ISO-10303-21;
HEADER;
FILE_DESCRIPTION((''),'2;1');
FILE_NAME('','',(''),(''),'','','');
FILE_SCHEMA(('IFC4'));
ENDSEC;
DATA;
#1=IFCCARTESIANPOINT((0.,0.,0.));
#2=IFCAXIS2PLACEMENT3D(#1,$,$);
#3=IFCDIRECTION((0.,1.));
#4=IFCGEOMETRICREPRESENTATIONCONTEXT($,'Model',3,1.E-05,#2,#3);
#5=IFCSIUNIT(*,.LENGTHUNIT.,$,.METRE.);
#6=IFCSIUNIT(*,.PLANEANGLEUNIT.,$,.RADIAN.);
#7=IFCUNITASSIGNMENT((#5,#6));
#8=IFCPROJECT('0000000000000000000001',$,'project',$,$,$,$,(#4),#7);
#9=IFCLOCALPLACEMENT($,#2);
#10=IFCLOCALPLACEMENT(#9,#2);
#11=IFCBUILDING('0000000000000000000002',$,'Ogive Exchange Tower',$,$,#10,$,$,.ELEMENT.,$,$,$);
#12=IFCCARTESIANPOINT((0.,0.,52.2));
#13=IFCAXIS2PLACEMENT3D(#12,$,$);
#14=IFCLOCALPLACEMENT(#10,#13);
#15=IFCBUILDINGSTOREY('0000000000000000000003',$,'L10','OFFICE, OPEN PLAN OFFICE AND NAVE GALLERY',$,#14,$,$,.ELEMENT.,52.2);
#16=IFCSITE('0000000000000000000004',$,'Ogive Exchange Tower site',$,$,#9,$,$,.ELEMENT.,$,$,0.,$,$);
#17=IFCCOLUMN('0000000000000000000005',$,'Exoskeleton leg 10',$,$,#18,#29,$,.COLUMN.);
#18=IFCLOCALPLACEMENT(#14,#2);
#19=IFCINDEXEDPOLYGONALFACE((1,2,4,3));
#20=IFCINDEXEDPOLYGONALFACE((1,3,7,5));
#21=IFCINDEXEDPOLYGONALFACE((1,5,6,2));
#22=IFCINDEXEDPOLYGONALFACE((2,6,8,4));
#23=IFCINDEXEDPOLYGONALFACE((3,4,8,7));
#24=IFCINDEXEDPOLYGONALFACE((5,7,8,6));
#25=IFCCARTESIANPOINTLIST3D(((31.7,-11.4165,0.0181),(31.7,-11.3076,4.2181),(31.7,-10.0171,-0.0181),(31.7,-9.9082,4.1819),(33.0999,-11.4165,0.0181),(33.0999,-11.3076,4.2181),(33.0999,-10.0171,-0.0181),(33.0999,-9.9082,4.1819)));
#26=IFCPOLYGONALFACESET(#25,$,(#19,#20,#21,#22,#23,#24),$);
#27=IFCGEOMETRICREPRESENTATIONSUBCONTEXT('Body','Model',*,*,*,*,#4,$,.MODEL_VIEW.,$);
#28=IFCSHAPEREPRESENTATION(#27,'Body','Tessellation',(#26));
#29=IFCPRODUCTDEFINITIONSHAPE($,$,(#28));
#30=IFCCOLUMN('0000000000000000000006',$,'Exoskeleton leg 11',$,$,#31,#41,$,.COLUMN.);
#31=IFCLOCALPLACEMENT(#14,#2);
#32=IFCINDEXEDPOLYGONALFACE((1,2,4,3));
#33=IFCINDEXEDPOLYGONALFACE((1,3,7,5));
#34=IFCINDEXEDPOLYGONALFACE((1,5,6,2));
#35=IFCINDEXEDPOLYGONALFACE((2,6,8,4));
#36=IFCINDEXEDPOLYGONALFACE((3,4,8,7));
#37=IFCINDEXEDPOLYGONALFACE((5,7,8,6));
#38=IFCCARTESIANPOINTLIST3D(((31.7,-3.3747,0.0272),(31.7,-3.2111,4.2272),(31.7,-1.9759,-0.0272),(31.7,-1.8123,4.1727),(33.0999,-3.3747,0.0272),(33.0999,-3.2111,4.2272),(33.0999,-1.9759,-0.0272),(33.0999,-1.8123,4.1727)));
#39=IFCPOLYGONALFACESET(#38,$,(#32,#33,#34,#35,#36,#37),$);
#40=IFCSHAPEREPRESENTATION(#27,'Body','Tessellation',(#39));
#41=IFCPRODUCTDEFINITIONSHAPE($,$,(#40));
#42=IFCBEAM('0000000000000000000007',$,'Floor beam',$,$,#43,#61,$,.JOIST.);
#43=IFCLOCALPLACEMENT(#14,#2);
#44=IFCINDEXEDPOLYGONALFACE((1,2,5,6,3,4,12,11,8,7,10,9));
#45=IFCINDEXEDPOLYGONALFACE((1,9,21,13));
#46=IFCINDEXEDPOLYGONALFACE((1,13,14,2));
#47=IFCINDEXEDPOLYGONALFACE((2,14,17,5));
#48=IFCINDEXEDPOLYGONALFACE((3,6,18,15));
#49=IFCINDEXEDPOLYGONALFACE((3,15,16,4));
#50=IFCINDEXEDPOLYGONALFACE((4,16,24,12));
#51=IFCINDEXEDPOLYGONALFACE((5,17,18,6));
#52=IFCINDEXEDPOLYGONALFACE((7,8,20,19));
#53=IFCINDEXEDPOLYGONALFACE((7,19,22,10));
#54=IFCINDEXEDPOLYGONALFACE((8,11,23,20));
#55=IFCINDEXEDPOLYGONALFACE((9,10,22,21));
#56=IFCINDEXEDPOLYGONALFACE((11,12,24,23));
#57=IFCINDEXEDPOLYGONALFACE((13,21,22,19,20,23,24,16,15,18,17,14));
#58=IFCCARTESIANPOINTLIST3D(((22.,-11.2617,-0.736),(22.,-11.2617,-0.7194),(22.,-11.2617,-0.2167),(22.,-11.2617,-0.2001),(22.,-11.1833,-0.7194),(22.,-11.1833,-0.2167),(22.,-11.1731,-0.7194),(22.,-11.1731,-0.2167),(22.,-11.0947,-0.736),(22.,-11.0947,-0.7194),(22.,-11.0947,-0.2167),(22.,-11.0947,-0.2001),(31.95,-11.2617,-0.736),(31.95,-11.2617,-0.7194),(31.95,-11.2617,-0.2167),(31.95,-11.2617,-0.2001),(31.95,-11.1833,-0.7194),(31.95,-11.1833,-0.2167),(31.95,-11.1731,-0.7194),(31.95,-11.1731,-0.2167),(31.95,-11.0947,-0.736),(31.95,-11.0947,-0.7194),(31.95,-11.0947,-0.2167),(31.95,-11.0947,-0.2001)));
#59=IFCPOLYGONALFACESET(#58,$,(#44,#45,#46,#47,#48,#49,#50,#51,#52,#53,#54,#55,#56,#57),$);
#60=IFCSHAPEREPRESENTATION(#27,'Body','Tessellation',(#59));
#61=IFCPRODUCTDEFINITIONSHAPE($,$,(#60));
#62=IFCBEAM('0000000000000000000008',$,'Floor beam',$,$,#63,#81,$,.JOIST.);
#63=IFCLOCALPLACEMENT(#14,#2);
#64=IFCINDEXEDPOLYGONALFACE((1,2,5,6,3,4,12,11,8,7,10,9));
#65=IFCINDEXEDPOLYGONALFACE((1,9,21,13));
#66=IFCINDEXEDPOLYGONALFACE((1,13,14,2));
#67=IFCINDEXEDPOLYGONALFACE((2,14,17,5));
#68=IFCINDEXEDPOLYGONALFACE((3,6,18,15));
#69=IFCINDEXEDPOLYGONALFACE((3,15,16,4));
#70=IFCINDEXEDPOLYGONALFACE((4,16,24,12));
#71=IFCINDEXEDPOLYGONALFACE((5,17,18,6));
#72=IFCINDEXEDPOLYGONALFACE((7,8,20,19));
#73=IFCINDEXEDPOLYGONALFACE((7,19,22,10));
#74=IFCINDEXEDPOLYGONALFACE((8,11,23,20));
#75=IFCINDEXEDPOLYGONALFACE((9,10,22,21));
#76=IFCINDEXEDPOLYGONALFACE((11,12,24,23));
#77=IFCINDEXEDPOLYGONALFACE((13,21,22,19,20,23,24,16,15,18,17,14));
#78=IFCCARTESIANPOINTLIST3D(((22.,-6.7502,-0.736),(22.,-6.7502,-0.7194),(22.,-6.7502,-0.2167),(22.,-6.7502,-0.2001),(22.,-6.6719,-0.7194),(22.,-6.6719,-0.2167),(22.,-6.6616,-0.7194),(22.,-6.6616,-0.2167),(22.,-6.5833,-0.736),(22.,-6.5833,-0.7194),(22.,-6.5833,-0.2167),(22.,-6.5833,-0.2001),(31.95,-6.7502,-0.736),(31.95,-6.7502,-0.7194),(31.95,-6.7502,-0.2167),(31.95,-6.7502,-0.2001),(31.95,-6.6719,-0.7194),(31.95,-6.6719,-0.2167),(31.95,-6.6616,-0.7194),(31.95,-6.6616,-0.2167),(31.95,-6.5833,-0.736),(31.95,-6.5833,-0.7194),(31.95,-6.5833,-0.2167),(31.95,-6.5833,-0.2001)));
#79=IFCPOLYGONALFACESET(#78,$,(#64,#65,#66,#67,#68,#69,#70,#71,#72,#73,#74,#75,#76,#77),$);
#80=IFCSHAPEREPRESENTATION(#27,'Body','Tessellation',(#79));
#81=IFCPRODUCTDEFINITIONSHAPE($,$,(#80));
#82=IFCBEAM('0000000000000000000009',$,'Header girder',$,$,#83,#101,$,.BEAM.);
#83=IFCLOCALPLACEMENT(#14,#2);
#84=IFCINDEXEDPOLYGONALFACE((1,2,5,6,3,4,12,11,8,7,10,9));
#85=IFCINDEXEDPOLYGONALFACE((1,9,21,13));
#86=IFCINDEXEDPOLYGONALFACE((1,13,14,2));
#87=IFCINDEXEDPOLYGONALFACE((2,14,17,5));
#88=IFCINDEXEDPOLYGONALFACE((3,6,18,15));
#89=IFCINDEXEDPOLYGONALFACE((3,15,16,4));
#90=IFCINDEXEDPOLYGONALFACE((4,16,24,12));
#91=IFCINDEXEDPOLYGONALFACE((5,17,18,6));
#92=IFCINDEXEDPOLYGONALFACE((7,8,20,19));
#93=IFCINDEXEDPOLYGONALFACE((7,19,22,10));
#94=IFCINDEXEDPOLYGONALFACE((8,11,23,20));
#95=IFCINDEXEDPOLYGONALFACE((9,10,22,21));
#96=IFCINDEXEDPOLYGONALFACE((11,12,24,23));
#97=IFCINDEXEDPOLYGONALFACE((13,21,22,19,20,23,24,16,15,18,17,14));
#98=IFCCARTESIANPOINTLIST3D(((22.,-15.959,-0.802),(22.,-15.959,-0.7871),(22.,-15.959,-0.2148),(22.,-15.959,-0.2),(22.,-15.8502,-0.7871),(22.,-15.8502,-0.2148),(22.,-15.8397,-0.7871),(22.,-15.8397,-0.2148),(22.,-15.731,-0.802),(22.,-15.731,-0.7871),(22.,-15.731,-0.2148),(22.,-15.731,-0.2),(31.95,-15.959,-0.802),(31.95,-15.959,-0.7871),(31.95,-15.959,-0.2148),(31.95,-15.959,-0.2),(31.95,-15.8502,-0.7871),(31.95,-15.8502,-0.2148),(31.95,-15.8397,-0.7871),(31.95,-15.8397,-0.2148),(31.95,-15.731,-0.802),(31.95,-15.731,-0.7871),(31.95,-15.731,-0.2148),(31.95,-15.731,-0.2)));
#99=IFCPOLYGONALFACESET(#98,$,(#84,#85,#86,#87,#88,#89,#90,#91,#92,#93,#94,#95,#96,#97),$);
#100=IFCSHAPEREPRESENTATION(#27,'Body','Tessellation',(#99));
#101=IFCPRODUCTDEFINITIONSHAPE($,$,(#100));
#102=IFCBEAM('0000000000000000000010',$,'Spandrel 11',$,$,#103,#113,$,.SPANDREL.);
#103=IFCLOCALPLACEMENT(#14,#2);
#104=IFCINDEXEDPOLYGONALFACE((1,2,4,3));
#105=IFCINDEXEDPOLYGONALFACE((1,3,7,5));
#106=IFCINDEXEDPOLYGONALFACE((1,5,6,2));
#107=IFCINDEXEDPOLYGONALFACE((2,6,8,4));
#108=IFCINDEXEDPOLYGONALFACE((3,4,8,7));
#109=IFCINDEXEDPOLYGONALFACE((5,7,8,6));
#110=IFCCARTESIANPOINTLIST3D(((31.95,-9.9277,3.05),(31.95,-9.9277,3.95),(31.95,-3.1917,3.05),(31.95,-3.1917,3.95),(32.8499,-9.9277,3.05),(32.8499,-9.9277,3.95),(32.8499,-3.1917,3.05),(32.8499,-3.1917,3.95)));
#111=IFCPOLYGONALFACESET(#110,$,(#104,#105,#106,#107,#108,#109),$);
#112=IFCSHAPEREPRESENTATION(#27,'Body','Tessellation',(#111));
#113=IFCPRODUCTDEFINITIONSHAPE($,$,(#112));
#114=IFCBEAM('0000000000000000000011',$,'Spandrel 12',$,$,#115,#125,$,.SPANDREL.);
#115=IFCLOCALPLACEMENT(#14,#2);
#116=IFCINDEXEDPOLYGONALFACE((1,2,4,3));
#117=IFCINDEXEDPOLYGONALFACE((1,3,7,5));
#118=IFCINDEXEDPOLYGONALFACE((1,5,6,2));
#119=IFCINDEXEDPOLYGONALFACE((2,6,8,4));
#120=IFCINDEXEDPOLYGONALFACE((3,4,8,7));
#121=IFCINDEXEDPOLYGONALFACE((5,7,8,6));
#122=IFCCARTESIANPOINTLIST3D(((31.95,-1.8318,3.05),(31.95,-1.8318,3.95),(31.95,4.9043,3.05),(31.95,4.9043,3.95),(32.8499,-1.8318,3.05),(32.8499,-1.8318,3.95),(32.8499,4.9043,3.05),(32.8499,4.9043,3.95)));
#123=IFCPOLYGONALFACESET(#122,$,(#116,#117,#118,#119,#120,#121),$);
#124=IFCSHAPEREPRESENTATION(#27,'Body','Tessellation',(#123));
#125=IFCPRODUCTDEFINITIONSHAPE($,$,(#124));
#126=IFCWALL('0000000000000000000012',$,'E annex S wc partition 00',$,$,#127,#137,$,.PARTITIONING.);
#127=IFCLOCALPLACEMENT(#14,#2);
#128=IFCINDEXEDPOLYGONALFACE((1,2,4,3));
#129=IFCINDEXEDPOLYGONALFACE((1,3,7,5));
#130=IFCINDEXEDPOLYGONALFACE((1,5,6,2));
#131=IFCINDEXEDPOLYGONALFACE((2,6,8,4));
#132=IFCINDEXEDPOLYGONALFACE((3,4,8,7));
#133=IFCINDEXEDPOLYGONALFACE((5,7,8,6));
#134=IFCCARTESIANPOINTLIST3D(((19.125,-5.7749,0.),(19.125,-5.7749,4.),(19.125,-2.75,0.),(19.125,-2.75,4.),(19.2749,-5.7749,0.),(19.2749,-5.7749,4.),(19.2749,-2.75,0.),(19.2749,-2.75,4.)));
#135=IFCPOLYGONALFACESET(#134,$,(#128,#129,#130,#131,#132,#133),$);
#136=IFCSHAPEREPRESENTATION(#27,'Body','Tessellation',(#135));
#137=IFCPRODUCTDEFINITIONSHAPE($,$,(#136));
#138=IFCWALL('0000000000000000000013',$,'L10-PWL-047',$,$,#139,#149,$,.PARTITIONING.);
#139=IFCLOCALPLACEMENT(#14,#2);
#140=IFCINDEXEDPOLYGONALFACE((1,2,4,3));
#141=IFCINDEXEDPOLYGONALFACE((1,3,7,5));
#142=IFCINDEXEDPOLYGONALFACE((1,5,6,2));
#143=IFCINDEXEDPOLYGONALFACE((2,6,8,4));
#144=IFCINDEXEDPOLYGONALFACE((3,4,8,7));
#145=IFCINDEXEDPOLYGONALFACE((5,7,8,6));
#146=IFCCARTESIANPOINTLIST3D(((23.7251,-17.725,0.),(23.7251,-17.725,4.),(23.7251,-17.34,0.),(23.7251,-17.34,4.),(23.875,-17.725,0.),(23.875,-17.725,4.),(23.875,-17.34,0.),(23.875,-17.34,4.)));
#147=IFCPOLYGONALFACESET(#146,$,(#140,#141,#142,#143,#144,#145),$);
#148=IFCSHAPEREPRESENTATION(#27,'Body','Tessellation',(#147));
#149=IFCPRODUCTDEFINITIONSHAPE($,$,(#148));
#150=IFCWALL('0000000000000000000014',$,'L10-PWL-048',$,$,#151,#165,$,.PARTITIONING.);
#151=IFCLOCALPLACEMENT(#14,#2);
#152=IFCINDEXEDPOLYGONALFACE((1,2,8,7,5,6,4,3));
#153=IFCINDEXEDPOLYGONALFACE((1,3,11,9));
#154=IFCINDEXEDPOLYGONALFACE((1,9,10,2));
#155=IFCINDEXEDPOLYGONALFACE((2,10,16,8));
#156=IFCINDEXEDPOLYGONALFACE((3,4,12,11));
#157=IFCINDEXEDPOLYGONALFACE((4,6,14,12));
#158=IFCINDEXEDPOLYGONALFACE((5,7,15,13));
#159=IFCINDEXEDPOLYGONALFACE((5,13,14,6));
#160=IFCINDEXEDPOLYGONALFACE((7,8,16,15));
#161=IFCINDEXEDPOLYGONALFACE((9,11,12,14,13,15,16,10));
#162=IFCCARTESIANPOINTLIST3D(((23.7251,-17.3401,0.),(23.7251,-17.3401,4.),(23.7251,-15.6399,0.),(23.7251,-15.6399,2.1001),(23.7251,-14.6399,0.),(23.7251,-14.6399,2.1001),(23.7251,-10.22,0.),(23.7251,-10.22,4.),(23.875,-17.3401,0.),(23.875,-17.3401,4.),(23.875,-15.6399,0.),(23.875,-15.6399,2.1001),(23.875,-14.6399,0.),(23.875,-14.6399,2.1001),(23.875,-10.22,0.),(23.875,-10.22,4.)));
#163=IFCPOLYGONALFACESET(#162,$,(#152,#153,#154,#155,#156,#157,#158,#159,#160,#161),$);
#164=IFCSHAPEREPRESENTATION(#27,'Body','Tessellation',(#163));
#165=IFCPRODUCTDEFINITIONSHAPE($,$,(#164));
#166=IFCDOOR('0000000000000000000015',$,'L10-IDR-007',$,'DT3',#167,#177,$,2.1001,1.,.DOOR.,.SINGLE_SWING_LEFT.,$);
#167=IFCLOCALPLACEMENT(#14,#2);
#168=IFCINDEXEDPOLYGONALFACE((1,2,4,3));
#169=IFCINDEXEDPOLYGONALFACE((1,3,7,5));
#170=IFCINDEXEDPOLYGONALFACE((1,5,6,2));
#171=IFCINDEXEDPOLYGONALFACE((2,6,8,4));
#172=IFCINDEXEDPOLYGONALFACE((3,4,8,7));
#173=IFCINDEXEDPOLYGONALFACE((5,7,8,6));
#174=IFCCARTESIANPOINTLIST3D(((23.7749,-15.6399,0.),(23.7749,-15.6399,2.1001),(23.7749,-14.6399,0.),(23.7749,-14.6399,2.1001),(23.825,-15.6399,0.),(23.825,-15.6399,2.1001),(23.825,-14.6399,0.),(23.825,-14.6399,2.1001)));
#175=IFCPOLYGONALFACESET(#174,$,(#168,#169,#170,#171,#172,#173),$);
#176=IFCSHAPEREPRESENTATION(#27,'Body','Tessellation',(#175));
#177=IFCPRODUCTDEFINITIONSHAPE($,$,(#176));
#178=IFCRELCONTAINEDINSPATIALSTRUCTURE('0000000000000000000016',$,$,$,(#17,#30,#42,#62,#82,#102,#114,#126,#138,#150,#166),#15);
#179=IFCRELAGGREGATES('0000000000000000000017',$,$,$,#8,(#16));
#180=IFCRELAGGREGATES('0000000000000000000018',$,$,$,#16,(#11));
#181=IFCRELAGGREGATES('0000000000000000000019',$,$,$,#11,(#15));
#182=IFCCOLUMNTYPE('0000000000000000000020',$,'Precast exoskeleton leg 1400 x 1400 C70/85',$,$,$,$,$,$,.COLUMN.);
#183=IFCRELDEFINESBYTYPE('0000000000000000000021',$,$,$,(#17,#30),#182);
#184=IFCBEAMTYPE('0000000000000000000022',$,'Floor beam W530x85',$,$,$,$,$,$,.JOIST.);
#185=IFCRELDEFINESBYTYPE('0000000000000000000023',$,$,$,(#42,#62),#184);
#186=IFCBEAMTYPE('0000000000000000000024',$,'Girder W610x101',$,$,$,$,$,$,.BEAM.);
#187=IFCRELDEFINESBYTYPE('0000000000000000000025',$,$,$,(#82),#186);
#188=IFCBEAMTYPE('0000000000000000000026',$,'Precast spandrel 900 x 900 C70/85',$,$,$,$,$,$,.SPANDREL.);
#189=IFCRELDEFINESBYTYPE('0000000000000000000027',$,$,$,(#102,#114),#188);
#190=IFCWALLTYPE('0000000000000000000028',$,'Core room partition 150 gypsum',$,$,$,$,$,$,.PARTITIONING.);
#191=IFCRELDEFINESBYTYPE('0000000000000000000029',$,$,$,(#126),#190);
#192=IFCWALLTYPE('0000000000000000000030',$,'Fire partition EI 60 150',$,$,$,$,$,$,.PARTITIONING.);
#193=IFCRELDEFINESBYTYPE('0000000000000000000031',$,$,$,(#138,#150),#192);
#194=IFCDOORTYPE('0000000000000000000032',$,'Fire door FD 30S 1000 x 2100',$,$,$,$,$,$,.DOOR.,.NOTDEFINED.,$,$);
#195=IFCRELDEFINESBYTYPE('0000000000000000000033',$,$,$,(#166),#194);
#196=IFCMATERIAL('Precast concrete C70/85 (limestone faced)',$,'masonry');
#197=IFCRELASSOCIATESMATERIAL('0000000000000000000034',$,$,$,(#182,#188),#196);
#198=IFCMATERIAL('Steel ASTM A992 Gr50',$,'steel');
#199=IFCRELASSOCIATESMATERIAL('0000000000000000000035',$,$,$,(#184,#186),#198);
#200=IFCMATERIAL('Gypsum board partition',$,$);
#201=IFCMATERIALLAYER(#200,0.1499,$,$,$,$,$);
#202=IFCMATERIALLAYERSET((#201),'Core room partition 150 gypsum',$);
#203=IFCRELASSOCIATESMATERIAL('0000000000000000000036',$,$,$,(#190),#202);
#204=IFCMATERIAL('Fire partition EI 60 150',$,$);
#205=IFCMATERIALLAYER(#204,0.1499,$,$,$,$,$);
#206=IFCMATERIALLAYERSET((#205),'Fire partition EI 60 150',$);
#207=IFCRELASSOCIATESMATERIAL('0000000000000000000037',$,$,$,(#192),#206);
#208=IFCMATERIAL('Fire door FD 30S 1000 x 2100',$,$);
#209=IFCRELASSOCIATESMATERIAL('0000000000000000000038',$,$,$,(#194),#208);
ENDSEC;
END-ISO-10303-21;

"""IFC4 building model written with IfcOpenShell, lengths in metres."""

from ifc_helpers import new_model, si_unit, direction, frame, frame_2d, origin, origin_2d, place, context, subcontext, project, spatial, rectangle, i_section, extrude, material, layer, layer_set, material_profile, profile_set, type_object, element, fill, save


model = new_model("IFC4")

# Units and contexts
model_context = context("Model", 3, precision=1e-05, world=origin(), true_north=direction((0.0, 1.0)))
body_context = subcontext(model_context, "Body", "Model", "MODEL_VIEW")
ifc_project = project(units=[si_unit("LENGTHUNIT", "METRE"), si_unit("PLANEANGLEUNIT", "RADIAN")], contexts=[model_context])

# Site, building, storey
site_placement = place(None, origin())
site = spatial("IfcSite", under=ifc_project, at=site_placement, Name="Ogive Exchange Tower site", CompositionType="ELEMENT", RefElevation=0.0)
building_placement = place(site_placement, origin())
building = spatial("IfcBuilding", under=site, at=building_placement, Name="Ogive Exchange Tower", CompositionType="ELEMENT")
storey_placement = place(building_placement, frame((0.0, 0.0, 52.2)))
storey = spatial("IfcBuildingStorey", under=building, at=storey_placement, Name="L10", Description="OFFICE, OPEN PLAN OFFICE AND NAVE GALLERY", CompositionType="ELEMENT", Elevation=52.2)

# Columns
ifc_material_1 = material(Name="Precast concrete C70/85 (limestone faced)", Category="masonry")
ifc_material_profile_1 = material_profile(ifc_material_1, rectangle(XDim=1.3999, YDim=1.3999, at=origin_2d()), Name="1400 x 1400")
ifc_profile_set_1 = profile_set([ifc_material_profile_1], Name="Precast concrete C70/85 (limestone faced)")
column_type = type_object("IfcColumnType", Name="Precast exoskeleton leg 1400 x 1400 C70/85", PredefinedType="COLUMN", material=ifc_profile_set_1)
column_1_placement = place(storey_placement, frame((32.3999, -10.7168, 0.0), z_axis=(0.0, 0.025917, 0.999664), x_axis=(-1.0, 0.0, 0.0)))
element("IfcColumn", 1, at=column_1_placement, inside=storey, type_object=column_type, Name="Exoskeleton leg 10", PredefinedType="COLUMN", context=body_context, shape_type="SweptSolid", body=[
    extrude(rectangle(XDim=1.3999, YDim=1.3999, at=origin_2d()), origin(), (0.0, 0.0, 1.0), 4.2014),
])
column_2_placement = place(storey_placement, frame((32.3999, -2.6753, 0.0), z_axis=(0.0, 0.038917, 0.999242), x_axis=(-1.0, 0.0, 0.0)))
element("IfcColumn", 2, at=column_2_placement, inside=storey, type_object=column_type, Name="Exoskeleton leg 11", PredefinedType="COLUMN", context=body_context, shape_type="SweptSolid", body=[
    extrude(rectangle(XDim=1.3999, YDim=1.3999, at=origin_2d()), origin(), (0.0, 0.0, 1.0), 4.2031),
])

# Beams
ifc_material_2 = material(Name="Steel ASTM A992 Gr50", Category="steel")
ifc_material_profile_2 = material_profile(ifc_material_2, i_section(OverallWidth=0.167, OverallDepth=0.5359, WebThickness=0.0103, FlangeThickness=0.0166, at=origin_2d()), Name="W530x85")
ifc_profile_set_2 = profile_set([ifc_material_profile_2], Name="Steel ASTM A992 Gr50")
beam_type_1 = type_object("IfcBeamType", Name="Floor beam W530x85", PredefinedType="JOIST", material=ifc_profile_set_2)
for number, where, z_axis, x_axis, name in (
    (3, (22.0, -11.1782, -0.468), (1.0, 0.0, 0.0), (0.0, 1.0, 0.0), "Floor beam"),
    (4, (22.0, -6.6667, -0.468), (1.0, 0.0, 0.0), (0.0, 1.0, 0.0), "Floor beam"),
):
    element("IfcBeam", number, at=place(storey_placement, frame(where, z_axis=z_axis, x_axis=x_axis)), inside=storey, type_object=beam_type_1, Name=name, PredefinedType="JOIST", context=body_context, shape_type="SweptSolid", body=[
        extrude(i_section(OverallWidth=0.167, OverallDepth=0.5359, WebThickness=0.0103, FlangeThickness=0.0166, at=origin_2d()), origin(), (0.0, 0.0, 1.0), 9.95),
    ])
ifc_material_profile_3 = material_profile(ifc_material_2, i_section(OverallWidth=0.228, OverallDepth=0.6021, WebThickness=0.0105, FlangeThickness=0.0149, at=origin_2d()), Name="W610x101")
ifc_profile_set_3 = profile_set([ifc_material_profile_3], Name="Steel ASTM A992 Gr50")
beam_type_2 = type_object("IfcBeamType", Name="Girder W610x101", PredefinedType="BEAM", material=ifc_profile_set_3)
beam_placement = place(storey_placement, frame((22.0, -15.845, -0.501), z_axis=(1.0, 0.0, 0.0), x_axis=(0.0, 1.0, 0.0)))
element("IfcBeam", 5, at=beam_placement, inside=storey, type_object=beam_type_2, Name="Header girder", PredefinedType="BEAM", context=body_context, shape_type="SweptSolid", body=[
    extrude(i_section(OverallWidth=0.228, OverallDepth=0.6021, WebThickness=0.0105, FlangeThickness=0.0149, at=origin_2d()), origin(), (0.0, 0.0, 1.0), 9.95),
])
ifc_material_profile_4 = material_profile(ifc_material_1, rectangle(XDim=0.8999, YDim=0.8999, at=origin_2d()), Name="900 x 900")
ifc_profile_set_4 = profile_set([ifc_material_profile_4], Name="Precast concrete C70/85 (limestone faced)")
beam_type_3 = type_object("IfcBeamType", Name="Precast spandrel 900 x 900 C70/85", PredefinedType="SPANDREL", material=ifc_profile_set_4)
for number, where, z_axis, x_axis, name in (
    (6, (32.3999, -9.9277, 3.5), (0.0, 1.0, 0.0), (-1.0, 0.0, 0.0), "Spandrel 11"),
    (7, (32.3999, -1.8318, 3.5), (0.0, 1.0, 0.0), (-1.0, 0.0, 0.0), "Spandrel 12"),
):
    element("IfcBeam", number, at=place(storey_placement, frame(where, z_axis=z_axis, x_axis=x_axis)), inside=storey, type_object=beam_type_3, Name=name, PredefinedType="SPANDREL", context=body_context, shape_type="SweptSolid", body=[
        extrude(rectangle(XDim=0.8999, YDim=0.8999, at=origin_2d()), origin(), (0.0, 0.0, 1.0), 6.7361),
    ])

# Walls
ifc_material_3 = material(Name="Gypsum board partition")
ifc_layer_1 = layer(ifc_material_3, 0.1499)
ifc_layer_set_1 = layer_set([ifc_layer_1], Name="Core room partition 150 gypsum")
wall_type_1 = type_object("IfcWallType", Name="Core room partition 150 gypsum", PredefinedType="PARTITIONING", material=ifc_layer_set_1)
wall_1_placement = place(storey_placement, frame((19.2, -5.7749, 0.0), z_axis=(0.0, 0.0, 1.0), x_axis=(0.0, 1.0, 0.0)))
element("IfcWall", 8, at=wall_1_placement, inside=storey, type_object=wall_type_1, Name="E annex S wc partition 00", PredefinedType="PARTITIONING", context=body_context, shape_type="SweptSolid", body=[
    extrude(rectangle(XDim=3.0249, YDim=0.1499, at=frame_2d((1.5125, 0.0))), origin(), (0.0, 0.0, 1.0), 4.0),
])
ifc_material_4 = material(Name="Fire partition EI 60 150")
ifc_layer_2 = layer(ifc_material_4, 0.1499)
ifc_layer_set_2 = layer_set([ifc_layer_2], Name="Fire partition EI 60 150")
wall_type_2 = type_object("IfcWallType", Name="Fire partition EI 60 150", PredefinedType="PARTITIONING", material=ifc_layer_set_2)
wall_2_placement = place(storey_placement, frame((23.8, -17.3401, 0.0), z_axis=(0.0, 0.0, 1.0), x_axis=(0.0, -1.0, 0.0)))
element("IfcWall", 9, at=wall_2_placement, inside=storey, type_object=wall_type_2, Name="L10-PWL-047", PredefinedType="PARTITIONING", context=body_context, shape_type="SweptSolid", body=[
    extrude(rectangle(XDim=0.385, YDim=0.1499, at=frame_2d((0.1924, 0.0))), origin(), (0.0, 0.0, 1.0), 4.0),
])

# Wall, opening, door
wall_3_placement = place(storey_placement, frame((23.8, -10.22, 0.0), z_axis=(0.0, 0.0, 1.0), x_axis=(0.0, -1.0, 0.0)))
wall_3 = element("IfcWall", 10, at=wall_3_placement, inside=storey, type_object=wall_type_2, Name="L10-PWL-048", PredefinedType="PARTITIONING", context=body_context, shape_type="SweptSolid", body=[
    extrude(rectangle(XDim=7.1201, YDim=0.1499, at=frame_2d((3.5601, 0.0))), origin(), (0.0, 0.0, 1.0), 4.0),
])
opening_1_placement = place(wall_3_placement, frame((4.4199, 0.0, 0.0)))
opening_1 = element("IfcOpeningElement", 11, at=opening_1_placement, cuts=wall_3, PredefinedType="OPENING", context=body_context, shape_type="SweptSolid", body=[
    extrude(rectangle(XDim=1.0, YDim=2.1001, at=frame_2d((0.5, 1.05))), frame((0.0, 0.085, 0.0), z_axis=(0.0, -1.0, 0.0), x_axis=(1.0, 0.0, 0.0)), (0.0, 0.0, 1.0), 0.1699),
])
ifc_material_5 = material(Name="Fire door FD 30S 1000 x 2100")
door_type_1 = type_object("IfcDoorType", Name="Fire door FD 30S 1000 x 2100", OperationType="NOTDEFINED", PredefinedType="DOOR", material=ifc_material_5)
door_1_placement = place(opening_1_placement, origin())
door_1 = element("IfcDoor", 12, at=door_1_placement, inside=storey, type_object=door_type_1, Name="L10-IDR-007", ObjectType="DT3", OperationType="SINGLE_SWING_LEFT", OverallHeight=2.1001, OverallWidth=1.0, PredefinedType="DOOR", context=body_context, shape_type="SweptSolid", body=[
    extrude(rectangle(XDim=1.0, YDim=2.1001, at=frame_2d((0.5, 1.05))), frame((0.0, 0.0249, 0.0), z_axis=(0.0, -1.0, 0.0), x_axis=(1.0, 0.0, 0.0)), (0.0, 0.0, 1.0), 0.05),
])
fill(opening_1, door_1)

save(model, "model.ifc")
